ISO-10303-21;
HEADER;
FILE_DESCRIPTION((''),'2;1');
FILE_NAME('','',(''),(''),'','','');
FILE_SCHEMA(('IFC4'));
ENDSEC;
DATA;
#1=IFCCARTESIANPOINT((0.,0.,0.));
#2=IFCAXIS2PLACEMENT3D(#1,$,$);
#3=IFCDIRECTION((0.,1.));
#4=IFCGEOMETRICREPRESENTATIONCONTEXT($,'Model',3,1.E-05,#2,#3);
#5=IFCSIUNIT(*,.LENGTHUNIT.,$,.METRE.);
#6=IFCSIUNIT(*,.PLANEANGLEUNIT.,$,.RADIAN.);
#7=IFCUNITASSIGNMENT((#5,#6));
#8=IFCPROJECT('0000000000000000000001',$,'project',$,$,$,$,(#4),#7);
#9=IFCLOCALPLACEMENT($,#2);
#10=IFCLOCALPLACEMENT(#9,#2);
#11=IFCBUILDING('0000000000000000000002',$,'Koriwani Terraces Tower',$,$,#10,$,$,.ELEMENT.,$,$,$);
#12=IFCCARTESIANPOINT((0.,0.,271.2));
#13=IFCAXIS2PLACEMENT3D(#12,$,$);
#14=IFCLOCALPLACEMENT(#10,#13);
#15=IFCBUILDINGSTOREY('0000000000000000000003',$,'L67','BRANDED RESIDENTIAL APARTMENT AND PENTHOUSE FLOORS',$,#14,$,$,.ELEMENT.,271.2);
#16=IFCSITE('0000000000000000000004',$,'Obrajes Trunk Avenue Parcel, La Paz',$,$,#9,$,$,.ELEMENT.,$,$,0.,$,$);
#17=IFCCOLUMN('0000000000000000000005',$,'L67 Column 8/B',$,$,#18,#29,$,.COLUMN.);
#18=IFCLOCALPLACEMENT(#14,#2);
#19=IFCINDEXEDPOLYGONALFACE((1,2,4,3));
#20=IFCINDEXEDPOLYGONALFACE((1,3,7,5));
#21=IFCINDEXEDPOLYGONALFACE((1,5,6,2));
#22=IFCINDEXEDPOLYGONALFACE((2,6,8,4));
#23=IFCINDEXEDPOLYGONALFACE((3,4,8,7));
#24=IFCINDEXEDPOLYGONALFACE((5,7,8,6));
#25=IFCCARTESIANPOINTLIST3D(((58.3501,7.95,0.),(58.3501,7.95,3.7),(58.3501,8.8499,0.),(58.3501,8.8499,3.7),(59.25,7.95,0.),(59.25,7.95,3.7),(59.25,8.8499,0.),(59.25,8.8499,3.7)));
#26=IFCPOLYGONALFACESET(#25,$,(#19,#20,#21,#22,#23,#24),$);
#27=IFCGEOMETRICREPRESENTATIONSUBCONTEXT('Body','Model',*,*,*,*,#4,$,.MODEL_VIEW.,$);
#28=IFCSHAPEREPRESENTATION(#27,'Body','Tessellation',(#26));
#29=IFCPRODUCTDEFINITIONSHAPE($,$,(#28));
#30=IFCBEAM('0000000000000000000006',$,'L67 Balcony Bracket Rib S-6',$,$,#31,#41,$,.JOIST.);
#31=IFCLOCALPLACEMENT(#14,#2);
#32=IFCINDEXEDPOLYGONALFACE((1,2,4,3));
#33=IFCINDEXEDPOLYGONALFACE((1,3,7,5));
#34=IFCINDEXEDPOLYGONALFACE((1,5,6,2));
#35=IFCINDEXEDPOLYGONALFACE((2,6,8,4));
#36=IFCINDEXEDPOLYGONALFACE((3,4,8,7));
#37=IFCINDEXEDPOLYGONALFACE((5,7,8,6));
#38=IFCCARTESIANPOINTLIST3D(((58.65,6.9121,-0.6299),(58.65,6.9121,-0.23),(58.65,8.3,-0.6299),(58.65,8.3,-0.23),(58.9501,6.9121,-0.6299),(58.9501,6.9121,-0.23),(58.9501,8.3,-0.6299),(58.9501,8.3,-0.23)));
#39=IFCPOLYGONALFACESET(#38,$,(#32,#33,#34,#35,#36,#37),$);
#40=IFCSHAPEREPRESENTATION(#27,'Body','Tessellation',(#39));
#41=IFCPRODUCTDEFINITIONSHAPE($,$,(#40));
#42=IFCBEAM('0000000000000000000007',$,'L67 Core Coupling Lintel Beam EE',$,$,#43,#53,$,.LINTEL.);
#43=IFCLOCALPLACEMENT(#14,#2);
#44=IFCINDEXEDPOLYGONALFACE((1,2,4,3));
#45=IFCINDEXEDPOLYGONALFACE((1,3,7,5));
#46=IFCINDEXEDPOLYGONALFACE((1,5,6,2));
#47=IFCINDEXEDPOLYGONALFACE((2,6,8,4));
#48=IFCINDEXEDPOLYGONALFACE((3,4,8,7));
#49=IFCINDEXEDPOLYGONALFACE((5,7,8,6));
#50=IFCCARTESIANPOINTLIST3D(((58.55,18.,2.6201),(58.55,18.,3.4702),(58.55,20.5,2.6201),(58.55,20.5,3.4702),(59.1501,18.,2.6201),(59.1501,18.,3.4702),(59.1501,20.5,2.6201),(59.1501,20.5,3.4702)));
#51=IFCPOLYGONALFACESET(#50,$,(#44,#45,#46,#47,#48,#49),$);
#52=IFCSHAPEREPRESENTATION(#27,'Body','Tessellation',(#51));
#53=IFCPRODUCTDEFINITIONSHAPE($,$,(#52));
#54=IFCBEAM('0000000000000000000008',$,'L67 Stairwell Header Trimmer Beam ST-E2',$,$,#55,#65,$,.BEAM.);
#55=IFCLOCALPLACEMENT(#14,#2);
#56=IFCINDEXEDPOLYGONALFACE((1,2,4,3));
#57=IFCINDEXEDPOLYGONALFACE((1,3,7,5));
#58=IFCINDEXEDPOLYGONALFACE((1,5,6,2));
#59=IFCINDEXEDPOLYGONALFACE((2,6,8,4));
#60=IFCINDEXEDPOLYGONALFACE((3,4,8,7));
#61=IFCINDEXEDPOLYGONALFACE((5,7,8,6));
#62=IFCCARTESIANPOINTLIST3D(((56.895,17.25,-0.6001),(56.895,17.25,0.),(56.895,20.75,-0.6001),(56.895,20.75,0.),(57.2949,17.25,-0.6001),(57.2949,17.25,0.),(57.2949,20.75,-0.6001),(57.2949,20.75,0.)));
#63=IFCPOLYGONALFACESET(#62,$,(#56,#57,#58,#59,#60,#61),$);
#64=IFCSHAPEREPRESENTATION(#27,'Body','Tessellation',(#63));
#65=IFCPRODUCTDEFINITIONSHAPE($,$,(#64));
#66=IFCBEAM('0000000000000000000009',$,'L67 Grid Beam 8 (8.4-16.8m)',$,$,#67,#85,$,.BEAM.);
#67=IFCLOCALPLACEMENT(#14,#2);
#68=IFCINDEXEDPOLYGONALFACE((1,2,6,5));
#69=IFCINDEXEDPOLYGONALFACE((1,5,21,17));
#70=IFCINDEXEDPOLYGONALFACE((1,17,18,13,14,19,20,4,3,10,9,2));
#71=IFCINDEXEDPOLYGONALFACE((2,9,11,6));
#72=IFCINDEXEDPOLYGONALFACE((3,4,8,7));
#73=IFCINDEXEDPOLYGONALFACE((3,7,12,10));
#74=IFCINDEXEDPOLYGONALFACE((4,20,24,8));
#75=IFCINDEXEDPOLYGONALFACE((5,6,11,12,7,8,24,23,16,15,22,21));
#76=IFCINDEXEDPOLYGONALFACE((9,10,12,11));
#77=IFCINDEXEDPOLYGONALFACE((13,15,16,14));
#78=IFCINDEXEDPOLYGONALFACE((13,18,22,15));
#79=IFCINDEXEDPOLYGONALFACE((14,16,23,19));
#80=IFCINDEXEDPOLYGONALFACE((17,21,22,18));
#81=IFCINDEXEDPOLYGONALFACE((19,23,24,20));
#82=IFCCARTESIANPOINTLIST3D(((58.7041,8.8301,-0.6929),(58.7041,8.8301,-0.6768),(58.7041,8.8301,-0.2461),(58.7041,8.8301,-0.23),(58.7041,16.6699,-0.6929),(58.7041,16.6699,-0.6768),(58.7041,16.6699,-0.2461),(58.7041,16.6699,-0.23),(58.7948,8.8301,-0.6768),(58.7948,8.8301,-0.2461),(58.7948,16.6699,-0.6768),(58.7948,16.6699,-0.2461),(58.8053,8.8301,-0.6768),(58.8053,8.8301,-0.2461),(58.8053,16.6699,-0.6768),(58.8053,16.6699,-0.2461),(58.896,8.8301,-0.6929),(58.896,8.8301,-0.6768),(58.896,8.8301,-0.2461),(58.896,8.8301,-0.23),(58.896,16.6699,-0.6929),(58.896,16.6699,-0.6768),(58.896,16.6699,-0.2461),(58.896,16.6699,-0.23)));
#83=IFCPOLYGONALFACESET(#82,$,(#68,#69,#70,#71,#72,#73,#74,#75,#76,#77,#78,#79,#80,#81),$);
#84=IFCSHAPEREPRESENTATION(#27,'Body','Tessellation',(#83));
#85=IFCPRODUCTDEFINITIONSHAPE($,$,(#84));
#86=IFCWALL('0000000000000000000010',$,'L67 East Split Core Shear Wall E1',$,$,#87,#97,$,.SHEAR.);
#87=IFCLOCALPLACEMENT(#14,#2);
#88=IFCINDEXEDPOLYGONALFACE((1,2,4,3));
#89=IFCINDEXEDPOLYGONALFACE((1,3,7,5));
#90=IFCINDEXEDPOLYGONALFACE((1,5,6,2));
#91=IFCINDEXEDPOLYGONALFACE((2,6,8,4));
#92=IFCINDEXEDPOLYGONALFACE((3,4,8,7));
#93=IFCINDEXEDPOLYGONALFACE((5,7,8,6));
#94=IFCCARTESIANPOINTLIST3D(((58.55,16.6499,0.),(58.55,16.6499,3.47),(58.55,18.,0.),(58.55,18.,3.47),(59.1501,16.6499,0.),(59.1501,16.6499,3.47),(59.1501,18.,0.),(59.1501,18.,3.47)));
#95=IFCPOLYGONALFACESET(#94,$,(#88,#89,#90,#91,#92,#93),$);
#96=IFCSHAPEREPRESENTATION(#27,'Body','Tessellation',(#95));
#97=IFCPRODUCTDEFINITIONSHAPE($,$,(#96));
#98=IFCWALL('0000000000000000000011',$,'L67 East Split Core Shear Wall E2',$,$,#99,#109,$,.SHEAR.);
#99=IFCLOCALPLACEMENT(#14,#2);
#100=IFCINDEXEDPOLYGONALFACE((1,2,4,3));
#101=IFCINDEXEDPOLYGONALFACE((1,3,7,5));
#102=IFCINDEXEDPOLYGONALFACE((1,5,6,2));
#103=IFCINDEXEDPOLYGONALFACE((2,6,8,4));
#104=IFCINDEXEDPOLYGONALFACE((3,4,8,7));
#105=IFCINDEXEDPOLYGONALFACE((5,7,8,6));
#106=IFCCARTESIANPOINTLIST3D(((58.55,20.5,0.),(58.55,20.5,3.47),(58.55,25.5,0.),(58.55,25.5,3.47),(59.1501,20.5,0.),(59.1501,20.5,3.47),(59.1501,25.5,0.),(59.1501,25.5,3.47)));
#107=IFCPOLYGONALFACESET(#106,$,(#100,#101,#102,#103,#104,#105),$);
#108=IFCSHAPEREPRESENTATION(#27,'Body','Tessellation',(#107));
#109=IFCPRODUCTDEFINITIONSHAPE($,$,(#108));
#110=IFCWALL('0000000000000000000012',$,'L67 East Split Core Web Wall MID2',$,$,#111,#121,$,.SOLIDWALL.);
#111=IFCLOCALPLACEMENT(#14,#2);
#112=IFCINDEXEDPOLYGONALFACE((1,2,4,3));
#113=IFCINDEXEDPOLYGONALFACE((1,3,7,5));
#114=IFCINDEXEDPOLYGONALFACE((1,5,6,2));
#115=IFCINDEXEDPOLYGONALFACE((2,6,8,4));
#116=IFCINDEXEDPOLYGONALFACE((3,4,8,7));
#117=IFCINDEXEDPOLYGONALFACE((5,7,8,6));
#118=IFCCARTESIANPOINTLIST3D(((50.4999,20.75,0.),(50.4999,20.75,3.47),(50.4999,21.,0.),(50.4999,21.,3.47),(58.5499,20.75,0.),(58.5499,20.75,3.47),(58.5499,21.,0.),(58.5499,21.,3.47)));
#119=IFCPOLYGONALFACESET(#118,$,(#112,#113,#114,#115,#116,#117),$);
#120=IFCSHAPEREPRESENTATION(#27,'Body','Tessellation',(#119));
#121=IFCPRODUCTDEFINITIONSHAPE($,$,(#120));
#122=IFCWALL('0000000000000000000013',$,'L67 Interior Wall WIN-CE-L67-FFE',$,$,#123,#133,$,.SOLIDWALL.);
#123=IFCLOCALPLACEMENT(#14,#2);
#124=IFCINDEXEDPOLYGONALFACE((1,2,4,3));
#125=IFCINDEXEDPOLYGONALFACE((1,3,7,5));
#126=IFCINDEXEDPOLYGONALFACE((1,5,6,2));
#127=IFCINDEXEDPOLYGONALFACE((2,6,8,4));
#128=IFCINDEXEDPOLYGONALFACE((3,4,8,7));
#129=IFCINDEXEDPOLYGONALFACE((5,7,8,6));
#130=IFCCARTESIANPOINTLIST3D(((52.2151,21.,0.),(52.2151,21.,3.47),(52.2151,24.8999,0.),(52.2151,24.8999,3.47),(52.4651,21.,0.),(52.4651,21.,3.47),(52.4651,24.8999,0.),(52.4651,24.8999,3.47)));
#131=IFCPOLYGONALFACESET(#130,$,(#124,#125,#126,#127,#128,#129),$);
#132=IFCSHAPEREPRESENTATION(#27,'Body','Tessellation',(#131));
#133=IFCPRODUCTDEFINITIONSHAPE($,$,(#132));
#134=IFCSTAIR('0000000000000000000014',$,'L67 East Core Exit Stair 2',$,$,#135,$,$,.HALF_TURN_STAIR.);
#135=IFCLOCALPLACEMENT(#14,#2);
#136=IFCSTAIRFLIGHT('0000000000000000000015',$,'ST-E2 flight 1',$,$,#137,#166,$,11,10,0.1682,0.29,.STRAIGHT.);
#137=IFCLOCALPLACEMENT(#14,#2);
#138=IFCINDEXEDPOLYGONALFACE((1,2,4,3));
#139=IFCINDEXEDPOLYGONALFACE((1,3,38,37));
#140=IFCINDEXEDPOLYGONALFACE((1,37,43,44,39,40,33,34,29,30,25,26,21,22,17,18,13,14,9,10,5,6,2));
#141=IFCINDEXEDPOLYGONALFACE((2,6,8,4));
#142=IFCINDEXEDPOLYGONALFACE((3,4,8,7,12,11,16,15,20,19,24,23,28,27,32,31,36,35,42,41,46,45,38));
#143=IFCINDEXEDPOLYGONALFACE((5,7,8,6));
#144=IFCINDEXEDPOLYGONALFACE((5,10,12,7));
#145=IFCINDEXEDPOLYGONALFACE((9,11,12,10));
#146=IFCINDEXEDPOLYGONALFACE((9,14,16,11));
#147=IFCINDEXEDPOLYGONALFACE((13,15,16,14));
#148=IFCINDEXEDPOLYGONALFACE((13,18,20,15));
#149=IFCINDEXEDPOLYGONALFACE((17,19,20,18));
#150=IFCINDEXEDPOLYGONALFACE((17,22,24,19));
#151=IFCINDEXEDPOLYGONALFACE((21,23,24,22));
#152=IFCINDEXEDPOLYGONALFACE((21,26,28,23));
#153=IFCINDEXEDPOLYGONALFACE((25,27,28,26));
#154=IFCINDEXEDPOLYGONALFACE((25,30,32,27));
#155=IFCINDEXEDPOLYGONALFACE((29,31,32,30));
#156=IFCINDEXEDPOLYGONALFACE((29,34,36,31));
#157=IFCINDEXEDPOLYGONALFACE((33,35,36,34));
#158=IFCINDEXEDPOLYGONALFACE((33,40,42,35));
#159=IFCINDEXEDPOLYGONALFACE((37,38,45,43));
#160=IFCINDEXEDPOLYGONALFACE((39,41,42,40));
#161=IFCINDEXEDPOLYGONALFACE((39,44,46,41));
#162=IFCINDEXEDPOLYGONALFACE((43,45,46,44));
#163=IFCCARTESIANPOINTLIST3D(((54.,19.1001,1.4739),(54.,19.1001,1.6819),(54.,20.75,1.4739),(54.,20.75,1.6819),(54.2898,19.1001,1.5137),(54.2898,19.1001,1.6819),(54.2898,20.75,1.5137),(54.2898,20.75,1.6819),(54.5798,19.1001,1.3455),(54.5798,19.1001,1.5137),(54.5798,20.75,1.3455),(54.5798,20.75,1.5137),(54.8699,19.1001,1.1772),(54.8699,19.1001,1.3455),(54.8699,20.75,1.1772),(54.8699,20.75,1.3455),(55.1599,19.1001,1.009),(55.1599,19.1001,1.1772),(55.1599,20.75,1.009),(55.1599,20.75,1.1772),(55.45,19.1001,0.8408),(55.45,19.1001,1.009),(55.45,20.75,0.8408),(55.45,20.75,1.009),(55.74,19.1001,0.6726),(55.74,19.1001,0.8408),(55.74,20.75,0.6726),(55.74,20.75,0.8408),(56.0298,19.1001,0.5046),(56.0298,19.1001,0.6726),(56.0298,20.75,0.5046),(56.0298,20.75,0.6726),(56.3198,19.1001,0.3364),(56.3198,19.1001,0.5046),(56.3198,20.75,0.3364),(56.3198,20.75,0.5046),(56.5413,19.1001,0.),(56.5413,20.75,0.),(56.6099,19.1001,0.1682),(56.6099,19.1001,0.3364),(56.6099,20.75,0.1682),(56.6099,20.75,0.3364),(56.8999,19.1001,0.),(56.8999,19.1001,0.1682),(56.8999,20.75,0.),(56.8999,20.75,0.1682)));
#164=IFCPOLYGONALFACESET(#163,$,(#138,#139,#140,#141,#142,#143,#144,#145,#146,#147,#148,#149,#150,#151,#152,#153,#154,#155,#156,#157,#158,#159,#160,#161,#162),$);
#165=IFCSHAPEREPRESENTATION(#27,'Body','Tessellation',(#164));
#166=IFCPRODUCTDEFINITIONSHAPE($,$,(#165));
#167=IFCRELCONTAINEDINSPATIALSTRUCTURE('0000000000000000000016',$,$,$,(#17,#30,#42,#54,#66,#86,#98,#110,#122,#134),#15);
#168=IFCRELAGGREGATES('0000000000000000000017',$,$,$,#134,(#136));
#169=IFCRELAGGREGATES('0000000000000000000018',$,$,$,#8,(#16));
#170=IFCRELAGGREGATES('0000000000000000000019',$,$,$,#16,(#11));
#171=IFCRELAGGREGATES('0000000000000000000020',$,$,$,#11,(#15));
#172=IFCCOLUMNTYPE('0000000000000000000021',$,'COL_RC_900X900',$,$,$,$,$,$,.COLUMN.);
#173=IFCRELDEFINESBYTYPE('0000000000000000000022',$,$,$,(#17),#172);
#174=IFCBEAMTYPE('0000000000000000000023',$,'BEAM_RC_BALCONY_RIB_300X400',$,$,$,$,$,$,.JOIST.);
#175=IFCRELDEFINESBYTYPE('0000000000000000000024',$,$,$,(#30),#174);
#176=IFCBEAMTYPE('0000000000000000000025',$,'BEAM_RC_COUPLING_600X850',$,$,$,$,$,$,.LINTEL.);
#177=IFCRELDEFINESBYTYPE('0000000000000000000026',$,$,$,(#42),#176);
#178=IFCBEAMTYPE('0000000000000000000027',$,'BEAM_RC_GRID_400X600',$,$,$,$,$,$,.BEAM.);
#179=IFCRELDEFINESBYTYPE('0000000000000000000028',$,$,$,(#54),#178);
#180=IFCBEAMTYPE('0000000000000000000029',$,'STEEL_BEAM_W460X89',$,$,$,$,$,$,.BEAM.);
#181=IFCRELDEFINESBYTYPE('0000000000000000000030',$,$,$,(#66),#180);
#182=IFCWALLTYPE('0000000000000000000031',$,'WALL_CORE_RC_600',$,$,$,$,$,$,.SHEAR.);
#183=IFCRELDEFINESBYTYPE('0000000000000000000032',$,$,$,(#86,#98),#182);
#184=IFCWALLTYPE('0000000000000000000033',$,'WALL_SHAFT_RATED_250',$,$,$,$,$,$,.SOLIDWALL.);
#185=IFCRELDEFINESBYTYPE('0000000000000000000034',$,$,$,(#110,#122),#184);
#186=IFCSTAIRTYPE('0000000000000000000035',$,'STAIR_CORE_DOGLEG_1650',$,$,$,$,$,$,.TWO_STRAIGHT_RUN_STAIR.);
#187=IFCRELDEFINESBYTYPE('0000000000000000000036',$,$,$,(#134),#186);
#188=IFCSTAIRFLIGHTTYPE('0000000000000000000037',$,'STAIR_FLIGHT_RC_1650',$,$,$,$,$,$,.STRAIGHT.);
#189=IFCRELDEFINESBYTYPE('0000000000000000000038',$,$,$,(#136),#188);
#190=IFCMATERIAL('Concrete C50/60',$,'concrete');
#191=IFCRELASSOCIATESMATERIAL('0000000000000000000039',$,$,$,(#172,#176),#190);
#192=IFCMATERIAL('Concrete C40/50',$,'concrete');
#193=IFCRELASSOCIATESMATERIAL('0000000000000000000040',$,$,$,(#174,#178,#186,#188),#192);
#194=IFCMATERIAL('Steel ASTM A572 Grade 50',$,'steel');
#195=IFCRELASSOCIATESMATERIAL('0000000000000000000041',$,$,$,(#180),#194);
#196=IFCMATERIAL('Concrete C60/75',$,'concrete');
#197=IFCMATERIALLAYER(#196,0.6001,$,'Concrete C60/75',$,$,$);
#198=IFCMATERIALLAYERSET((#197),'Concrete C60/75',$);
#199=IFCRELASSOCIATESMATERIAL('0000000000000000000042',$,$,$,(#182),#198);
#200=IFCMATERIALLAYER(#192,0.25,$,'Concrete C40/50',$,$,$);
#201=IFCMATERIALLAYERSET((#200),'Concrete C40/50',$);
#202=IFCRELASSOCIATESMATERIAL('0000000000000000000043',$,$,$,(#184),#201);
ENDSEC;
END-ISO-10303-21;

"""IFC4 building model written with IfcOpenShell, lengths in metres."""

from ifc_helpers import new_model, si_unit, direction, frame, frame_2d, origin, origin_2d, place, context, subcontext, project, spatial, polyline, rectangle, i_section, outline, extrude, material, layer, layer_set, material_profile, profile_set, type_object, element, aggregate, save


model = new_model("IFC4")

# Units and contexts
model_context = context("Model", 3, precision=1e-05, world=origin(), true_north=direction((0.0, 1.0)))
body_context = subcontext(model_context, "Body", "Model", "MODEL_VIEW")
ifc_project = project(units=[si_unit("LENGTHUNIT", "METRE"), si_unit("PLANEANGLEUNIT", "RADIAN")], contexts=[model_context])

# Site, building, storey
site_placement = place(None, origin())
site = spatial("IfcSite", under=ifc_project, at=site_placement, Name="Obrajes Trunk Avenue Parcel, La Paz", CompositionType="ELEMENT", RefElevation=0.0)
building_placement = place(site_placement, origin())
building = spatial("IfcBuilding", under=site, at=building_placement, Name="Koriwani Terraces Tower", CompositionType="ELEMENT")
storey_placement = place(building_placement, frame((0.0, 0.0, 271.2)))
storey = spatial("IfcBuildingStorey", under=building, at=storey_placement, Name="L67", Description="BRANDED RESIDENTIAL APARTMENT AND PENTHOUSE FLOORS", CompositionType="ELEMENT", Elevation=271.2)

# Column
ifc_material_1 = material(Name="Concrete C50/60", Category="concrete")
ifc_material_profile_1 = material_profile(ifc_material_1, rectangle(XDim=0.8999, YDim=0.8999, at=origin_2d()), Name="Concrete C50/60", Category="LoadBearing")
ifc_profile_set_1 = profile_set([ifc_material_profile_1], Name="Concrete C50/60")
column_type = type_object("IfcColumnType", Name="COL_RC_900X900", PredefinedType="COLUMN", material=ifc_profile_set_1)
column_placement = place(storey_placement, frame((58.8, 8.3999, 0.0), z_axis=(0.0, 0.0, 1.0), x_axis=(1.0, 0.0, 0.0)))
element("IfcColumn", 1, at=column_placement, inside=storey, type_object=column_type, Name="L67 Column 8/B", PredefinedType="COLUMN", context=body_context, shape_type="SweptSolid", body=[
    extrude(rectangle(XDim=0.8999, YDim=0.8999, at=origin_2d()), origin(), (0.0, 0.0, 1.0), 3.7),
])

# Beams
ifc_material_2 = material(Name="Concrete C40/50", Category="concrete")
ifc_material_profile_2 = material_profile(ifc_material_2, rectangle(XDim=0.3, YDim=0.3999, at=origin_2d()), Name="Concrete C40/50", Category="LoadBearing")
ifc_profile_set_2 = profile_set([ifc_material_profile_2], Name="Concrete C40/50")
beam_type_1 = type_object("IfcBeamType", Name="BEAM_RC_BALCONY_RIB_300X400", PredefinedType="JOIST", material=ifc_profile_set_2)
beam_1_placement = place(storey_placement, frame((58.8, 6.9121, -0.4299), z_axis=(0.0, 1.0, 0.0), x_axis=(-1.0, 0.0, 0.0)))
element("IfcBeam", 2, at=beam_1_placement, inside=storey, type_object=beam_type_1, Name="L67 Balcony Bracket Rib S-6", PredefinedType="JOIST", context=body_context, shape_type="SweptSolid", body=[
    extrude(rectangle(XDim=0.3, YDim=0.3999, at=origin_2d()), origin(), (0.0, 0.0, 1.0), 1.3879),
])
ifc_material_profile_3 = material_profile(ifc_material_1, rectangle(XDim=0.6001, YDim=0.8501, at=origin_2d()), Name="Concrete C50/60", Category="LoadBearing")
ifc_profile_set_3 = profile_set([ifc_material_profile_3], Name="Concrete C50/60")
beam_type_2 = type_object("IfcBeamType", Name="BEAM_RC_COUPLING_600X850", PredefinedType="LINTEL", material=ifc_profile_set_3)
beam_2_placement = place(storey_placement, frame((58.8501, 18.0, 3.0452), z_axis=(0.0, 1.0, 0.0), x_axis=(-1.0, 0.0, 0.0)))
element("IfcBeam", 3, at=beam_2_placement, inside=storey, type_object=beam_type_2, Name="L67 Core Coupling Lintel Beam EE", PredefinedType="LINTEL", context=body_context, shape_type="SweptSolid", body=[
    extrude(rectangle(XDim=0.6001, YDim=0.8501, at=origin_2d()), origin(), (0.0, 0.0, 1.0), 2.5),
])
ifc_material_profile_4 = material_profile(ifc_material_2, rectangle(XDim=0.3999, YDim=0.6001, at=origin_2d()), Name="Concrete C40/50", Category="LoadBearing")
ifc_profile_set_4 = profile_set([ifc_material_profile_4], Name="Concrete C40/50")
beam_type_3 = type_object("IfcBeamType", Name="BEAM_RC_GRID_400X600", PredefinedType="BEAM", material=ifc_profile_set_4)
beam_3_placement = place(storey_placement, frame((57.095, 17.25, -0.3), z_axis=(0.0, 1.0, 0.0), x_axis=(-1.0, 0.0, 0.0)))
element("IfcBeam", 4, at=beam_3_placement, inside=storey, type_object=beam_type_3, Name="L67 Stairwell Header Trimmer Beam ST-E2", PredefinedType="BEAM", context=body_context, shape_type="SweptSolid", body=[
    extrude(rectangle(XDim=0.3999, YDim=0.6001, at=origin_2d()), origin(), (0.0, 0.0, 1.0), 3.5),
])
ifc_material_3 = material(Name="Steel ASTM A572 Grade 50", Category="steel")
ifc_material_profile_5 = material_profile(ifc_material_3, i_section(OverallWidth=0.1919, OverallDepth=0.4629, WebThickness=0.0105, FlangeThickness=0.0161, at=origin_2d()), Name="Steel ASTM A572 Grade 50", Category="LoadBearing")
ifc_profile_set_5 = profile_set([ifc_material_profile_5], Name="Steel ASTM A572 Grade 50")
beam_type_4 = type_object("IfcBeamType", Name="STEEL_BEAM_W460X89", PredefinedType="BEAM", material=ifc_profile_set_5)
beam_4_placement = place(storey_placement, frame((58.8, 8.8301, -0.4614), z_axis=(0.0, 1.0, 0.0), x_axis=(-1.0, 0.0, 0.0)))
element("IfcBeam", 5, at=beam_4_placement, inside=storey, type_object=beam_type_4, Name="L67 Grid Beam 8 (8.4-16.8m)", PredefinedType="BEAM", context=body_context, shape_type="SweptSolid", body=[
    extrude(i_section(OverallWidth=0.1919, OverallDepth=0.4629, WebThickness=0.0105, FlangeThickness=0.0161, at=origin_2d()), origin(), (0.0, 0.0, 1.0), 7.8398),
])

# Walls
ifc_material_4 = material(Name="Concrete C60/75", Category="concrete")
ifc_layer_1 = layer(ifc_material_4, 0.6001, Name="Concrete C60/75")
ifc_layer_set_1 = layer_set([ifc_layer_1], Name="Concrete C60/75")
wall_type_1 = type_object("IfcWallType", Name="WALL_CORE_RC_600", PredefinedType="SHEAR", material=ifc_layer_set_1)
wall_1_placement = place(storey_placement, frame((58.8501, 16.6499, 0.0), z_axis=(0.0, 0.0, 1.0), x_axis=(0.0, 1.0, 0.0)))
element("IfcWall", 6, at=wall_1_placement, inside=storey, type_object=wall_type_1, Name="L67 East Split Core Shear Wall E1", PredefinedType="SHEAR", context=body_context, shape_type="SweptSolid", body=[
    extrude(rectangle(XDim=1.3501, YDim=0.6001, at=frame_2d((0.675, 0.0))), origin(), (0.0, 0.0, 1.0), 3.47),
])
wall_2_placement = place(storey_placement, frame((58.8501, 20.5, 0.0), z_axis=(0.0, 0.0, 1.0), x_axis=(0.0, 1.0, 0.0)))
element("IfcWall", 7, at=wall_2_placement, inside=storey, type_object=wall_type_1, Name="L67 East Split Core Shear Wall E2", PredefinedType="SHEAR", context=body_context, shape_type="SweptSolid", body=[
    extrude(rectangle(XDim=5.0, YDim=0.6001, at=frame_2d((2.5, 0.0))), origin(), (0.0, 0.0, 1.0), 3.47),
])
ifc_layer_2 = layer(ifc_material_2, 0.25, Name="Concrete C40/50")
ifc_layer_set_2 = layer_set([ifc_layer_2], Name="Concrete C40/50")
wall_type_2 = type_object("IfcWallType", Name="WALL_SHAFT_RATED_250", PredefinedType="SOLIDWALL", material=ifc_layer_set_2)
wall_3_placement = place(storey_placement, frame((50.5, 20.875, 0.0), z_axis=(0.0, 0.0, 1.0), x_axis=(1.0, 0.0, 0.0)))
element("IfcWall", 8, at=wall_3_placement, inside=storey, type_object=wall_type_2, Name="L67 East Split Core Web Wall MID2", PredefinedType="SOLIDWALL", context=body_context, shape_type="SweptSolid", body=[
    extrude(rectangle(XDim=8.05, YDim=0.25, at=frame_2d((4.0249, 0.0))), origin(), (0.0, 0.0, 1.0), 3.47),
])

# Wall
wall_4_placement = place(storey_placement, frame((52.3401, 21.0, 0.0), z_axis=(0.0, 0.0, 1.0), x_axis=(0.0, 1.0, 0.0)))
element("IfcWall", 9, at=wall_4_placement, inside=storey, type_object=wall_type_2, Name="L67 Interior Wall WIN-CE-L67-FFE", PredefinedType="SOLIDWALL", context=body_context, shape_type="SweptSolid", body=[
    extrude(rectangle(XDim=3.8999, YDim=0.25, at=frame_2d((1.95, 0.0))), origin(), (0.0, 0.0, 1.0), 3.47),
])

# Stair, stair flight
stair_type = type_object("IfcStairType", Name="STAIR_CORE_DOGLEG_1650", PredefinedType="TWO_STRAIGHT_RUN_STAIR", material=ifc_material_2)
stair_placement = place(storey_placement, origin())
stair = element("IfcStair", 10, at=stair_placement, inside=storey, type_object=stair_type, Name="L67 East Core Exit Stair 2", PredefinedType="HALF_TURN_STAIR")
stair_flight_type = type_object("IfcStairFlightType", Name="STAIR_FLIGHT_RC_1650", PredefinedType="STRAIGHT", material=ifc_material_2)
stair_flight_1_placement = place(storey_placement, frame((56.8999, 19.925, 0.0), z_axis=(0.0, 0.0, 1.0), x_axis=(-1.0, 0.0, 0.0)))
stair_flight_1 = element("IfcStairFlight", 11, at=stair_flight_1_placement, type_object=stair_flight_type, Name="ST-E2 flight 1", NumberOfRisers=11, NumberOfTreads=10, PredefinedType="STRAIGHT", RiserHeight=0.1682, TreadLength=0.29, context=body_context, shape_type="SweptSolid", body=[
    extrude(outline(polyline([(0.0, 0.0), (0.0, 0.1682), (0.29, 0.1682), (0.29, 0.3364), (0.5801, 0.3364), (0.5801, 0.5046), (0.8701, 0.5046), (0.8701, 0.6726), (1.1599, 0.6726), (1.1599, 0.8408), (1.45, 0.8408), (1.45, 1.009), (1.74, 1.009), (1.74, 1.1772), (2.03, 1.1772), (2.03, 1.3455), (2.3201, 1.3455), (2.3201, 1.5137), (2.6101, 1.5137), (2.6101, 1.6819), (2.8999, 1.6819), (2.8999, 1.8501), (2.8999, 1.4739), (0.3586, 0.0), (0.0, 0.0)])), frame((0.0, 0.825, 0.0), z_axis=(0.0, -1.0, 0.0), x_axis=(1.0, 0.0, 0.0)), (0.0, 0.0, 1.0), 1.6499),
])
aggregate(stair, [stair_flight_1])

save(model, "model.ifc")
